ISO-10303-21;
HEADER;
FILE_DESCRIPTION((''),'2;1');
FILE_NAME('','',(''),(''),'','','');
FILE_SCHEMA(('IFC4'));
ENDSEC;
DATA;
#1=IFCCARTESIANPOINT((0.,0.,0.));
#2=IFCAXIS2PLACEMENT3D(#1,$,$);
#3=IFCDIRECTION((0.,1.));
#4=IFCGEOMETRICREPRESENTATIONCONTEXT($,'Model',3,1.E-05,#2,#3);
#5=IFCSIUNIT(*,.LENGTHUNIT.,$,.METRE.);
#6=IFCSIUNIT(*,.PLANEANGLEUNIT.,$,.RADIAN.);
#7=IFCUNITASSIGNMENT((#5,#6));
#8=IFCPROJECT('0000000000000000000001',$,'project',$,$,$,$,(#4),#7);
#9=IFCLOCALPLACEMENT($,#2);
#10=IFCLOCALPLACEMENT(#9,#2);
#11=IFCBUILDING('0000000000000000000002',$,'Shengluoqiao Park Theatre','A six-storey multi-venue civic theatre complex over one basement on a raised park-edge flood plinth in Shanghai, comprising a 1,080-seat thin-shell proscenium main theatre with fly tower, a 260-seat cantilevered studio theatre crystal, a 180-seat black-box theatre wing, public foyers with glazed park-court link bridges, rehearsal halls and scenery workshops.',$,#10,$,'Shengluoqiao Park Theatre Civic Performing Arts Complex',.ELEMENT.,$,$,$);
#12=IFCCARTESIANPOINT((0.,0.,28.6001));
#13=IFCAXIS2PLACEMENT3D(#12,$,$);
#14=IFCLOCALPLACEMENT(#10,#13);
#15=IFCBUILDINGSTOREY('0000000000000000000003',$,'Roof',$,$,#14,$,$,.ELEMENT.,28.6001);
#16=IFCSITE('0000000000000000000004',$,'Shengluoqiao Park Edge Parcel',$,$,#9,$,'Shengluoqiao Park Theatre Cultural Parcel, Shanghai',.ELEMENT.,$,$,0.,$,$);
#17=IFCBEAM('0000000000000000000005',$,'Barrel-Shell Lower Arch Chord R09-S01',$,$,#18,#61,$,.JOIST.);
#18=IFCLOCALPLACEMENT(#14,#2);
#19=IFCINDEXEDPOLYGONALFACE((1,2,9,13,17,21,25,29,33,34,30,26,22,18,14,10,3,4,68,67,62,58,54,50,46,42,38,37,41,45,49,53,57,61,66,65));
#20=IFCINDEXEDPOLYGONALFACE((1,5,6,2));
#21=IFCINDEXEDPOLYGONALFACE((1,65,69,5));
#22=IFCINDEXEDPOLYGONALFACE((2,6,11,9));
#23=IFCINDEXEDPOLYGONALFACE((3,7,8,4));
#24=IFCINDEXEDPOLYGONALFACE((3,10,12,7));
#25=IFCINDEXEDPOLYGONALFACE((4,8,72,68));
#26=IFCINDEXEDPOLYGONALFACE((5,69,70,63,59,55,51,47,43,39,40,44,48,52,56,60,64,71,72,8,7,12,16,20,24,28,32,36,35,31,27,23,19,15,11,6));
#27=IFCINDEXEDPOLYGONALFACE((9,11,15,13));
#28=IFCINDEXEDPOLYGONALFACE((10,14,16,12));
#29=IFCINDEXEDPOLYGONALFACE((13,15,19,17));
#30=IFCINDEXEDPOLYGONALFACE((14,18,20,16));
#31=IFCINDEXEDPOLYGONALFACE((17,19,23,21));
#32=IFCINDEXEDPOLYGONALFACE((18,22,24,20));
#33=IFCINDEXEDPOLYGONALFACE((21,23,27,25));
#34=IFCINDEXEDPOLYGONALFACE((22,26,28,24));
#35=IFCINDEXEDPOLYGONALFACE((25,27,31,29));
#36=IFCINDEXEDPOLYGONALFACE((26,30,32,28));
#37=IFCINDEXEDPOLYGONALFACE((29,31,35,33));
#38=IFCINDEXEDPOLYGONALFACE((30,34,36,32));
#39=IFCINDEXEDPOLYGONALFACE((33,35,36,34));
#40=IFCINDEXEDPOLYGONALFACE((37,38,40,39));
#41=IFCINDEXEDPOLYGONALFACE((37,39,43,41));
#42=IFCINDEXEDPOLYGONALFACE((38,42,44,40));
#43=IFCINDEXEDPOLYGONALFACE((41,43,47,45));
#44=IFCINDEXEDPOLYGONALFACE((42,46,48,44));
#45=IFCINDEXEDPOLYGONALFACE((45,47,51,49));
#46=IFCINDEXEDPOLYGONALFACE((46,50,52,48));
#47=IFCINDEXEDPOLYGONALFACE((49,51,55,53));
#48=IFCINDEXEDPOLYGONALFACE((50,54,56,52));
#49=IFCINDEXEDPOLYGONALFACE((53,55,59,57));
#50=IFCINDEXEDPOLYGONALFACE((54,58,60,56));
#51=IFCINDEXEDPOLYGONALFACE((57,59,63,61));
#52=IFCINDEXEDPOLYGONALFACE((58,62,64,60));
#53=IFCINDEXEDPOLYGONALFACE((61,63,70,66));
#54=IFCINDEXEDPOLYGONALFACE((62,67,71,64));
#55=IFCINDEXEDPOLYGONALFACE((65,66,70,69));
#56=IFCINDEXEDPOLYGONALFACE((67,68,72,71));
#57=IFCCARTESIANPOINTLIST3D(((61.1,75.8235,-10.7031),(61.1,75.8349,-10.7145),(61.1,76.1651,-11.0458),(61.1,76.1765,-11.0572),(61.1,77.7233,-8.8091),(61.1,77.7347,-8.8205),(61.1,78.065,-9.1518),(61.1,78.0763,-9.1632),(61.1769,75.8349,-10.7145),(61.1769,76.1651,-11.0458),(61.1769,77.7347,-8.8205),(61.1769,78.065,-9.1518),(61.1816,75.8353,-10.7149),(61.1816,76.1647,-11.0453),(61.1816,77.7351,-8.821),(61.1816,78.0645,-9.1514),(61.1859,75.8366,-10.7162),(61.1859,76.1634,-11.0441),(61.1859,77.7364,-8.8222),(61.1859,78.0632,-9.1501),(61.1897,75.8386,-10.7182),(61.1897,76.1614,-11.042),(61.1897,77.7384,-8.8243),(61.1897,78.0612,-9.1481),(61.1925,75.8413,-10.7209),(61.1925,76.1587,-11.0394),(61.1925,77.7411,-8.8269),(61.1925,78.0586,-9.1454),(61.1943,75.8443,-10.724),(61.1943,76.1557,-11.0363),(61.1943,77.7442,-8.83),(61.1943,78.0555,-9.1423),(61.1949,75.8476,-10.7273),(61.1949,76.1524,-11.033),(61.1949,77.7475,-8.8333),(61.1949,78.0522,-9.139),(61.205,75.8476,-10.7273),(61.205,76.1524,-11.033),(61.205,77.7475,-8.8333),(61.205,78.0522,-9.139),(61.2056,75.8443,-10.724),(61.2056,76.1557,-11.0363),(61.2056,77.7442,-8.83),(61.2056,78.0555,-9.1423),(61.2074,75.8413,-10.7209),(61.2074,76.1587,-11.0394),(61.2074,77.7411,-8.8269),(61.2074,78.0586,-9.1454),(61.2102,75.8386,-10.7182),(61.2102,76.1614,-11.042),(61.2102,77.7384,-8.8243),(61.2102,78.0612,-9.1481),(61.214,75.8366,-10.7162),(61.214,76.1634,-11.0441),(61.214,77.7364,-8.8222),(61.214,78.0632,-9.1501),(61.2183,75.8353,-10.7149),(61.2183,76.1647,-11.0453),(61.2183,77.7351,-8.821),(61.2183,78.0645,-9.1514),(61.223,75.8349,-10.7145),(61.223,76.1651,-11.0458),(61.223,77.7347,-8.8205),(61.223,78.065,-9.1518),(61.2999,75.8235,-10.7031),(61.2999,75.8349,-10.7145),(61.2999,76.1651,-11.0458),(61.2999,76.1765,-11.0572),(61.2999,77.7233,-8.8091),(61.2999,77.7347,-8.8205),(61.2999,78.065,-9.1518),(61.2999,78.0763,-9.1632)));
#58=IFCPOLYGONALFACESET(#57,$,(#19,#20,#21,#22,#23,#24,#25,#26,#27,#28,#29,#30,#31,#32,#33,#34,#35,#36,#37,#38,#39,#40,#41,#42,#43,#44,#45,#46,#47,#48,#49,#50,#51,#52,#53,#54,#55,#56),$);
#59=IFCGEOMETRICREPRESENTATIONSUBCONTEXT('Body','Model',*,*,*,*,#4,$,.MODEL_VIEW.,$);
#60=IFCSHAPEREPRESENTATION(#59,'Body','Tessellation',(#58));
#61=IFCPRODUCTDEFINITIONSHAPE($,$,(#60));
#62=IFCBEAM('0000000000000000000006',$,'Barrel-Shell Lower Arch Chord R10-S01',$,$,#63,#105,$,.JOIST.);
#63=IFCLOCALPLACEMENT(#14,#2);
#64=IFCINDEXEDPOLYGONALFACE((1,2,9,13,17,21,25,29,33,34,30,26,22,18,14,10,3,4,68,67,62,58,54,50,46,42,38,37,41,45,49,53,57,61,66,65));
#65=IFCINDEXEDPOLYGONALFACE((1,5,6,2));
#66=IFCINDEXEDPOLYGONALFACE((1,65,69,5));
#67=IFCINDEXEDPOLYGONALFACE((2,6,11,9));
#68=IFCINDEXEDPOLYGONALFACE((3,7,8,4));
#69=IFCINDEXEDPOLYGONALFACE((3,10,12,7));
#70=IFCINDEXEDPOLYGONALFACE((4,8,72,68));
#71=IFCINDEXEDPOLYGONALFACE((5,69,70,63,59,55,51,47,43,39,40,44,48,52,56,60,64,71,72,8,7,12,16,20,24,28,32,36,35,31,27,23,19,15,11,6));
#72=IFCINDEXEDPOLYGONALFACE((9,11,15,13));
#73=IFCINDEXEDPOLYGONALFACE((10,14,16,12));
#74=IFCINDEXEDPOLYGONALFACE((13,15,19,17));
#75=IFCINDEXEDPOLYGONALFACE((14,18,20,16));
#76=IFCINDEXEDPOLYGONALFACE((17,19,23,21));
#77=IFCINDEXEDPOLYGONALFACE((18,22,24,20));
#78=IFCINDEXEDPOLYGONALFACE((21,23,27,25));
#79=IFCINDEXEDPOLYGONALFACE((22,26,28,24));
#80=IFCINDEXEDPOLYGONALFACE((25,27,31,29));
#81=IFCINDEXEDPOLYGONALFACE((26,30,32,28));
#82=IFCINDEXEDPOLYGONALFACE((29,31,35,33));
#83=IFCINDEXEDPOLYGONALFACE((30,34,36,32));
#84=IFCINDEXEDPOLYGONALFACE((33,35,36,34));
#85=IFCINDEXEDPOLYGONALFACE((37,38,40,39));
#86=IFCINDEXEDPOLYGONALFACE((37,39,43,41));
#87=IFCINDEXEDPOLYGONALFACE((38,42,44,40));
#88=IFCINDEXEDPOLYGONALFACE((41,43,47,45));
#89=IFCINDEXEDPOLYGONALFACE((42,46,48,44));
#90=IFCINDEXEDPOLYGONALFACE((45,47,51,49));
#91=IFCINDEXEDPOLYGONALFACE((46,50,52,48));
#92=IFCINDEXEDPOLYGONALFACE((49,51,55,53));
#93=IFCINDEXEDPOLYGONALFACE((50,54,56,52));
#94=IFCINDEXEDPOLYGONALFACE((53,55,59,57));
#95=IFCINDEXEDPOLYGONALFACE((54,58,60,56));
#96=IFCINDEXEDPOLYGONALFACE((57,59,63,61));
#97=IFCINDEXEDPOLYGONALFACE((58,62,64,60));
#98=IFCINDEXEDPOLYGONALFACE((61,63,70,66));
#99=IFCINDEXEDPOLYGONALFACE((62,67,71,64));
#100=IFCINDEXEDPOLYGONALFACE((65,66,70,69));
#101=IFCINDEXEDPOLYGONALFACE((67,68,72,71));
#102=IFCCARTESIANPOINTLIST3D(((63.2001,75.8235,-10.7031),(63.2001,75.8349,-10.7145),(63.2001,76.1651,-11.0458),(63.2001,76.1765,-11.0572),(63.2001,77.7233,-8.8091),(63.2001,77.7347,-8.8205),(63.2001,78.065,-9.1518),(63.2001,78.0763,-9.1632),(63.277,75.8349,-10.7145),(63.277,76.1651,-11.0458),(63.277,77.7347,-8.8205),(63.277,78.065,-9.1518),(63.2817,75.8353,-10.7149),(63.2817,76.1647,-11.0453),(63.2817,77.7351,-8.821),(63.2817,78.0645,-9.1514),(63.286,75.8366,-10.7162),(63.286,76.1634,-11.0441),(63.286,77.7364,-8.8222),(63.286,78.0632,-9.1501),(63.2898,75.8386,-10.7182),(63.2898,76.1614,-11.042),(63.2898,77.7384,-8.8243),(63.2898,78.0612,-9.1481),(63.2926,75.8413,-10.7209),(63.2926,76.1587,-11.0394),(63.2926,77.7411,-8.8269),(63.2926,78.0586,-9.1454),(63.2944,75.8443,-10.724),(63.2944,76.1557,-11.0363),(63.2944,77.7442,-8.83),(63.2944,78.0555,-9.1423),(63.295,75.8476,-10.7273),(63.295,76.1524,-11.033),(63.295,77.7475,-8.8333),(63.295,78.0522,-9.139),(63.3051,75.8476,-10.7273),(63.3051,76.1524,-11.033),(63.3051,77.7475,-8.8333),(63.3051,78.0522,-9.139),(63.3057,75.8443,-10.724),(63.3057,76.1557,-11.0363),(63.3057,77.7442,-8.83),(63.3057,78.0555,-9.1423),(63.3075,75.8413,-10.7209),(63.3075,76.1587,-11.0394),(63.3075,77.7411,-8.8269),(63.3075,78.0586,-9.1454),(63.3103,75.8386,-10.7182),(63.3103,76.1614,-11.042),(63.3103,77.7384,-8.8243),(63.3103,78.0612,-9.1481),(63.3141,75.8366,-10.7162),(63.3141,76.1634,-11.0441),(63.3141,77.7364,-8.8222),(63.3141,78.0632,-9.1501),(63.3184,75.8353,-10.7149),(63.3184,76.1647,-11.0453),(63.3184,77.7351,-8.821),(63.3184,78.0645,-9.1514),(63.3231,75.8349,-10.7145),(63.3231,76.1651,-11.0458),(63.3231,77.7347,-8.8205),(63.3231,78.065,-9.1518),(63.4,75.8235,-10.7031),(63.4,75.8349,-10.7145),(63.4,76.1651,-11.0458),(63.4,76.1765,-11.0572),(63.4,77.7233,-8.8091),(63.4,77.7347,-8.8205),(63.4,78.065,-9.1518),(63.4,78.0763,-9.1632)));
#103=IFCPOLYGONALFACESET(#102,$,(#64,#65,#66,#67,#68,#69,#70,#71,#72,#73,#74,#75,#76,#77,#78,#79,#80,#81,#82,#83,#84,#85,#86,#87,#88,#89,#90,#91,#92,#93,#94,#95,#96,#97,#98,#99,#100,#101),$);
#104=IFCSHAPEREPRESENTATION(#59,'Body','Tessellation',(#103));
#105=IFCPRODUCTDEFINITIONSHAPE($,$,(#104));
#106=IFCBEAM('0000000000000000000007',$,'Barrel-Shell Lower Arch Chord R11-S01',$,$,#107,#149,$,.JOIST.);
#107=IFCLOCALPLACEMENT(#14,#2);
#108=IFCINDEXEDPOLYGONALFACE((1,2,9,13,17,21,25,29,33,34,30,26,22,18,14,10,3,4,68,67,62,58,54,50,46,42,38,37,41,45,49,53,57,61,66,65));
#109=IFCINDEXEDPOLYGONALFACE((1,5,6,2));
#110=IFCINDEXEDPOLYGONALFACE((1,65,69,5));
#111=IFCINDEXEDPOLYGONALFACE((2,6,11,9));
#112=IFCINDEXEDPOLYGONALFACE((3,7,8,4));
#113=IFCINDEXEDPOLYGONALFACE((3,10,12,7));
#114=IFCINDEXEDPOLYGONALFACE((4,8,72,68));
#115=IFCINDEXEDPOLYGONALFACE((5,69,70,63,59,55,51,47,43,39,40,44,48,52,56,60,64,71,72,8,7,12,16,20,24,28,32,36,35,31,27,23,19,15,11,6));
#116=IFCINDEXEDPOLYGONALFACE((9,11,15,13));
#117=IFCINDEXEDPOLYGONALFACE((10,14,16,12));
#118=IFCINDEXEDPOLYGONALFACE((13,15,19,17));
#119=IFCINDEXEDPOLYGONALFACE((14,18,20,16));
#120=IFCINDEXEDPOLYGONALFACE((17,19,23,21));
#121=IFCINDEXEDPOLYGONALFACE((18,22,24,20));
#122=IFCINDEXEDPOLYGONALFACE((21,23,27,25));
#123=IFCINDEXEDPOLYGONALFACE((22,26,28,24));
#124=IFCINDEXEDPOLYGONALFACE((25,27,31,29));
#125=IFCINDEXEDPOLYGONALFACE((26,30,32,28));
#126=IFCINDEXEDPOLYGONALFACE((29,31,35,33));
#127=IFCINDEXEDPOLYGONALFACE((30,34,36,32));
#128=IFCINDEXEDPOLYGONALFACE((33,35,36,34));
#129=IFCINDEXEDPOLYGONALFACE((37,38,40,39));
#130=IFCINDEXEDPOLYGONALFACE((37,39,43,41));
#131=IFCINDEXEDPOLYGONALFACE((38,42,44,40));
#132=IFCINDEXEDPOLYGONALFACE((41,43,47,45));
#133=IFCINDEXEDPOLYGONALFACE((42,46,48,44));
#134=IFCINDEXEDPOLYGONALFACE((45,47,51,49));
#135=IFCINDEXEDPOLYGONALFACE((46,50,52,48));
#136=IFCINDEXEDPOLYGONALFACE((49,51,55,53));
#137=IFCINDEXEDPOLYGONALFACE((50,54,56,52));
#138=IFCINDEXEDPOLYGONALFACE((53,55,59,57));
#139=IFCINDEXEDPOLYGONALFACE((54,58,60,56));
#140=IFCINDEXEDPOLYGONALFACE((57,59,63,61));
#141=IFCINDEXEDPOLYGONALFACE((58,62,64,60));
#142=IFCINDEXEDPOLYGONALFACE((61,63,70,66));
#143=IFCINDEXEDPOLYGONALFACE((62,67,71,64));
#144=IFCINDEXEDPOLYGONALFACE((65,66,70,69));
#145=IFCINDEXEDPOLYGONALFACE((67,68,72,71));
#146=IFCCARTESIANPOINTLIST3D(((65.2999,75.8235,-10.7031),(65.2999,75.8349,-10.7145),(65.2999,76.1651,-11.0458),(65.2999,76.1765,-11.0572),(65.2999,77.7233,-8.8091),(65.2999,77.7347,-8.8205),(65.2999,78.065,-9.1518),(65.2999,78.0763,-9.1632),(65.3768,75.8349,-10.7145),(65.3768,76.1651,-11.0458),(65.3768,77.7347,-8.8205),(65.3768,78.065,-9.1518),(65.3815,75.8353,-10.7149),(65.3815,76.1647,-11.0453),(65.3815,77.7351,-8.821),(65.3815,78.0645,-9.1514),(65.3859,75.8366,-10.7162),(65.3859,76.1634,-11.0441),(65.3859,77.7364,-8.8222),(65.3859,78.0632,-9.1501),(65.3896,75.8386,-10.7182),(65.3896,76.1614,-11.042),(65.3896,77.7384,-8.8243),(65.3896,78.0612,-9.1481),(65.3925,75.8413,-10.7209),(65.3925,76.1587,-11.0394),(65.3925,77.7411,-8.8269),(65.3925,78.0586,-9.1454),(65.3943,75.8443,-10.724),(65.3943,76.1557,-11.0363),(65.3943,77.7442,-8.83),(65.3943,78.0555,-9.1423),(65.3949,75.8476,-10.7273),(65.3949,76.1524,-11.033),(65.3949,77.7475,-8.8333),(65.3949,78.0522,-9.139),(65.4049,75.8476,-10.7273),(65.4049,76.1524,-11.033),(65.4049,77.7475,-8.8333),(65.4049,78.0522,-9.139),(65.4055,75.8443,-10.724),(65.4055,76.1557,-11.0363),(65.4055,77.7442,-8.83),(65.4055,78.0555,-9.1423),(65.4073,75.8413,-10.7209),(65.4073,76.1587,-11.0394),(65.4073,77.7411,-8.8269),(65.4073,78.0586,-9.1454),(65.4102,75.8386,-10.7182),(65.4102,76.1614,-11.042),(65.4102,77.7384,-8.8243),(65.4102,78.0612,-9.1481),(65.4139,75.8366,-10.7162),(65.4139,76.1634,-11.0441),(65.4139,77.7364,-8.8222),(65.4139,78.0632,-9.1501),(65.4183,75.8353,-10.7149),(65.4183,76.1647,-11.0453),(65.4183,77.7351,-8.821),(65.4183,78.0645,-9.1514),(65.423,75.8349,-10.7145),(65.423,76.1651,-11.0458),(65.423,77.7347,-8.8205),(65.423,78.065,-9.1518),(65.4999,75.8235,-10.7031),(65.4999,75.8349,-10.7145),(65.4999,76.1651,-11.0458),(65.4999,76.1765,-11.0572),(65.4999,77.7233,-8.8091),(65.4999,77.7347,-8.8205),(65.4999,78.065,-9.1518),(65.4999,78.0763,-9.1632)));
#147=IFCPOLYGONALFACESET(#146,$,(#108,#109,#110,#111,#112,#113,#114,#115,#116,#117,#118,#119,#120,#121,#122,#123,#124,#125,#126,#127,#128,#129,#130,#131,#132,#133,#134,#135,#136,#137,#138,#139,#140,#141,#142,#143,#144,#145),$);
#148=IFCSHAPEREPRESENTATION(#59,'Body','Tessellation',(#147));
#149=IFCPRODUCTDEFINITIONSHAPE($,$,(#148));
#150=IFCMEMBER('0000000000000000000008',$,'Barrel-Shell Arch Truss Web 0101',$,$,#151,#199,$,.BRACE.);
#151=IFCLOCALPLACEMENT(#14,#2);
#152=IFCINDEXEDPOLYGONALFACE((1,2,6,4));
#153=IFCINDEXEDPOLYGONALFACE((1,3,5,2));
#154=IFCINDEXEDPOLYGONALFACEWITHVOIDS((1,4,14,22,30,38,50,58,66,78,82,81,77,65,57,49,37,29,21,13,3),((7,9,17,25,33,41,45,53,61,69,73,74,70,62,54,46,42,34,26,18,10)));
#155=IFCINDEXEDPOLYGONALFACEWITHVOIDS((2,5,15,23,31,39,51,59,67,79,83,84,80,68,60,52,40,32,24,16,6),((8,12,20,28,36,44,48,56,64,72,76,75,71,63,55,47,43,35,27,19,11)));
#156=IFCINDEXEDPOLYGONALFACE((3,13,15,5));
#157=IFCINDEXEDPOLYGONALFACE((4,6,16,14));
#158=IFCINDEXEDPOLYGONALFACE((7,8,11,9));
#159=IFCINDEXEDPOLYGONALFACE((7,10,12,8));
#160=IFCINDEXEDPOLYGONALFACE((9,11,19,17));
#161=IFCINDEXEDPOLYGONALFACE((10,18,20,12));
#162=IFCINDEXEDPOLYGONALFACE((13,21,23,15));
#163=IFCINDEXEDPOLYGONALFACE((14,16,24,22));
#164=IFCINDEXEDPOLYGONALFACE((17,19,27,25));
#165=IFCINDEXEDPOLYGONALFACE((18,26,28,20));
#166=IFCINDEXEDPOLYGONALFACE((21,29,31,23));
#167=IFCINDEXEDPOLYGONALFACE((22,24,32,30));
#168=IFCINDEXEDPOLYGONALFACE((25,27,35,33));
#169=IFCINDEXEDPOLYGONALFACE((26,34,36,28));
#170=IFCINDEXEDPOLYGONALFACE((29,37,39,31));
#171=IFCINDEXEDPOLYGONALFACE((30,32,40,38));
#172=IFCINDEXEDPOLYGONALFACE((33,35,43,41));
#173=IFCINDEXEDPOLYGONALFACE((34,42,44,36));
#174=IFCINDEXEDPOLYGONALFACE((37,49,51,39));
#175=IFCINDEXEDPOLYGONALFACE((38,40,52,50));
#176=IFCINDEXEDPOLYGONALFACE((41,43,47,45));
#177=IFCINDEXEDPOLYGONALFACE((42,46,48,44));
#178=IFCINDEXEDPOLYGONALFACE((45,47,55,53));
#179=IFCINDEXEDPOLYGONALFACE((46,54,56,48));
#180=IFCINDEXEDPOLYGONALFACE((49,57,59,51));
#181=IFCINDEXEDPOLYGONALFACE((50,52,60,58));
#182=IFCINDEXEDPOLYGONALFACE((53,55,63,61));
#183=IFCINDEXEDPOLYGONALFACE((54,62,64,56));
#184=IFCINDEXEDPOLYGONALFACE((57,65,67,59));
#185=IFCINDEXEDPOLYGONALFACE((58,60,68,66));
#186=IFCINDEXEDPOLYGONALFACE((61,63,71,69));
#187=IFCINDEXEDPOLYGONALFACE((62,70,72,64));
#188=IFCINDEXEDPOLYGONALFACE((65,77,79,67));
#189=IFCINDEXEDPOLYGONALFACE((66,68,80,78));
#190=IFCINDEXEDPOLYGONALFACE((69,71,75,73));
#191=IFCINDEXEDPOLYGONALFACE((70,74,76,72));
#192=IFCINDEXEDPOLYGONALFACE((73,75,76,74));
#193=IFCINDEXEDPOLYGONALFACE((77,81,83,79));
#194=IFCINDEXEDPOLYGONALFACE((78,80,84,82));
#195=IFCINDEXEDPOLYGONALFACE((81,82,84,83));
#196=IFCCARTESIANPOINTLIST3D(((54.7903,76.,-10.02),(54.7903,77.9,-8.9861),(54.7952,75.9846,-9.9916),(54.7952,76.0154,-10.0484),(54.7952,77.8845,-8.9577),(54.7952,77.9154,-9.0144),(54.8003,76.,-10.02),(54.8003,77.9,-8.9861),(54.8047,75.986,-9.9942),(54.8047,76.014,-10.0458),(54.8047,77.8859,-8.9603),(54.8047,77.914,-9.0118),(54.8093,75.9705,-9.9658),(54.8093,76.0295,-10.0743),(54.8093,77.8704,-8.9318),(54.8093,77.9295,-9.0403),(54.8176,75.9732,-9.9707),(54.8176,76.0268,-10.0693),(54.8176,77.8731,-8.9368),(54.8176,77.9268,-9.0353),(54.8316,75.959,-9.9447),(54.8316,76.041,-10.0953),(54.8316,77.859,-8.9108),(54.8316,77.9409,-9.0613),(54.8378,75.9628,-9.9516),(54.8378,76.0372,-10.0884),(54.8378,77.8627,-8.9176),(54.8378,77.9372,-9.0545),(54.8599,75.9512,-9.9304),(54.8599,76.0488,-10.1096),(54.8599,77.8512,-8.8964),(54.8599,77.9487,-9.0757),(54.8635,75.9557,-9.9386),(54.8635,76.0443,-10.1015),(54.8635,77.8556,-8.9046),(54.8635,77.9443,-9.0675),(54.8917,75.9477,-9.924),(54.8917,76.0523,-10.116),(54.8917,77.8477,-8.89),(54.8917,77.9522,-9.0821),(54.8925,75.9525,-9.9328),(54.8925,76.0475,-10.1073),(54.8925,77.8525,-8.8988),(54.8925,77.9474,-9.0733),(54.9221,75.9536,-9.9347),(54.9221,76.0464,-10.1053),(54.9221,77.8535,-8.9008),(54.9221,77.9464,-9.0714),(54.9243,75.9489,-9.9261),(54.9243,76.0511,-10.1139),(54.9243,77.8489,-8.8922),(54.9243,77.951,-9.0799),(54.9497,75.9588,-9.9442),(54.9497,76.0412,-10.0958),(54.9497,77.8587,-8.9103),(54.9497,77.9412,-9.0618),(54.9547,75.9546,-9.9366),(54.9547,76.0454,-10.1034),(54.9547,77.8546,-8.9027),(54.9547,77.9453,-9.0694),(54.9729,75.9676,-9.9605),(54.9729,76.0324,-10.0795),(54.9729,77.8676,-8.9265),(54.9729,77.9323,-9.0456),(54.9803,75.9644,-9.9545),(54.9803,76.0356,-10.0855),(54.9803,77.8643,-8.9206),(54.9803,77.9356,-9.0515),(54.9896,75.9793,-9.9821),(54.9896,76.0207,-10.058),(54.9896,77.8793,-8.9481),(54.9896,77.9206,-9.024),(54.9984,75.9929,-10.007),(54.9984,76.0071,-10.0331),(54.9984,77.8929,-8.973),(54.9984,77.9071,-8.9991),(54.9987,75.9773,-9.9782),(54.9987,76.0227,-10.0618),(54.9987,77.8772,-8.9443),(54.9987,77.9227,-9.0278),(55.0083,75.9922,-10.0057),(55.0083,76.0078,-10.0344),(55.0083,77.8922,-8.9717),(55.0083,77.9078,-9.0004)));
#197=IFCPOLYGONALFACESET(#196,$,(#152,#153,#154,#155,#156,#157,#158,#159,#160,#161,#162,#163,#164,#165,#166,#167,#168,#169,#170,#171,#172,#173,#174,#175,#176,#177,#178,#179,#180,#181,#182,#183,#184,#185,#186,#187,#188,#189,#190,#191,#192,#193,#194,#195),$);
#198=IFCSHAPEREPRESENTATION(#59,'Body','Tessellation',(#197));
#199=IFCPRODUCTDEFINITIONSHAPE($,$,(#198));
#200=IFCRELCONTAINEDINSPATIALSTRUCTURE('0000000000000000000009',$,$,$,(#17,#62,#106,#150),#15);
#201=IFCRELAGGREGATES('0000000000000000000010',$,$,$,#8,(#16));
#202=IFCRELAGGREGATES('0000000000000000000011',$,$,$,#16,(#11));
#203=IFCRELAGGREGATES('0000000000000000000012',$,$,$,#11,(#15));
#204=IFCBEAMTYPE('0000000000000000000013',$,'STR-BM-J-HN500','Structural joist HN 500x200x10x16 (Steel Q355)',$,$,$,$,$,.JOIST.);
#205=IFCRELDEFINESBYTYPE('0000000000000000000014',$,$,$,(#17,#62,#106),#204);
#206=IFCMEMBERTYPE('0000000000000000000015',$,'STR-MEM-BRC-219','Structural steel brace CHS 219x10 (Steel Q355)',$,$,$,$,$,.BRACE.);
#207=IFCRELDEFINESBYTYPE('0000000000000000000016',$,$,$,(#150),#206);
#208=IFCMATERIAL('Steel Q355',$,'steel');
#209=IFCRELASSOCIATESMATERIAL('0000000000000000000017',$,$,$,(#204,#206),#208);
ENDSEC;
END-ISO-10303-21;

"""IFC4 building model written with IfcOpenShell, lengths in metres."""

from ifc_helpers import new_model, si_unit, direction, frame, origin, origin_2d, place, context, subcontext, project, spatial, hollow_circle, i_section, extrude, material, material_profile, profile_set, type_object, element, save


model = new_model("IFC4")

# Units and contexts
model_context = context("Model", 3, precision=1e-05, world=origin(), true_north=direction((0.0, 1.0)))
body_context = subcontext(model_context, "Body", "Model", "MODEL_VIEW")
ifc_project = project(units=[si_unit("LENGTHUNIT", "METRE"), si_unit("PLANEANGLEUNIT", "RADIAN")], contexts=[model_context])

# Site, building, storey
site_placement = place(None, origin())
site = spatial("IfcSite", under=ifc_project, at=site_placement, Name="Shengluoqiao Park Edge Parcel", LongName="Shengluoqiao Park Theatre Cultural Parcel, Shanghai", CompositionType="ELEMENT", RefElevation=0.0)
building_placement = place(site_placement, origin())
building = spatial("IfcBuilding", under=site, at=building_placement, Name="Shengluoqiao Park Theatre", Description="A six-storey multi-venue civic theatre complex over one basement on a raised park-edge flood plinth in Shanghai, comprising a 1,080-seat thin-shell proscenium main theatre with fly tower, a 260-seat cantilevered studio theatre crystal, a 180-seat black-box theatre wing, public foyers with glazed park-court link bridges, rehearsal halls and scenery workshops.", LongName="Shengluoqiao Park Theatre Civic Performing Arts Complex", CompositionType="ELEMENT")
storey_placement = place(building_placement, frame((0.0, 0.0, 28.6001)))
storey = spatial("IfcBuildingStorey", under=building, at=storey_placement, Name="Roof", CompositionType="ELEMENT", Elevation=28.6001)

# Beams
ifc_material_1 = material(Name="Steel Q355", Category="steel")
ifc_material_profile_1 = material_profile(ifc_material_1, i_section(OverallWidth=0.2, OverallDepth=0.5, WebThickness=0.01, FlangeThickness=0.0161, FilletRadius=0.0181, at=origin_2d()), Name="HN 500x200x10x16")
ifc_profile_set_1 = profile_set([ifc_material_profile_1], Name="Steel Q355")
beam_type_1 = type_object("IfcBeamType", Name="STR-BM-J-HN500", Description="Structural joist HN 500x200x10x16 (Steel Q355)", PredefinedType="JOIST", material=ifc_profile_set_1)
for number, where, z_axis, x_axis, name in (
    (1, (61.2, 76.0, -10.8801), (0.0, 0.708198, 0.706014), (-1.0, 0.0, 0.0), "Barrel-Shell Lower Arch Chord R09-S01"),
    (2, (63.3, 76.0, -10.8801), (0.0, 0.708198, 0.706014), (-1.0, 0.0, 0.0), "Barrel-Shell Lower Arch Chord R10-S01"),
    (3, (65.3999, 76.0, -10.8801), (0.0, 0.708198, 0.706014), (-1.0, 0.0, 0.0), "Barrel-Shell Lower Arch Chord R11-S01"),
):
    element("IfcBeam", number, at=place(storey_placement, frame(where, z_axis=z_axis, x_axis=x_axis)), inside=storey, type_object=beam_type_1, Name=name, PredefinedType="JOIST", context=body_context, shape_type="SweptSolid", body=[
        extrude(i_section(OverallWidth=0.2, OverallDepth=0.5, WebThickness=0.01, FlangeThickness=0.0161, FilletRadius=0.0181, at=origin_2d()), origin(), (0.0, 0.0, 1.0), 2.6826),
    ])

# Member
ifc_material_profile_2 = material_profile(ifc_material_1, hollow_circle(Radius=0.1096, WallThickness=0.01, at=origin_2d()), Name="CHS 219x10")
ifc_profile_set_2 = profile_set([ifc_material_profile_2], Name="Steel Q355")
member_type = type_object("IfcMemberType", Name="STR-MEM-BRC-219", Description="Structural steel brace CHS 219x10 (Steel Q355)", PredefinedType="BRACE", material=ifc_profile_set_2)
for number, where, z_axis, x_axis, name in (
    (4, (54.8999, 76.0, -10.02), (0.0, 0.878357, 0.478006), (-1.0, 0.0, 0.0), "Barrel-Shell Arch Truss Web 0101"),
):
    element("IfcMember", number, at=place(storey_placement, frame(where, z_axis=z_axis, x_axis=x_axis)), inside=storey, type_object=member_type, Name=name, PredefinedType="BRACE", context=body_context, shape_type="SweptSolid", body=[
        extrude(hollow_circle(Radius=0.1096, WallThickness=0.01, at=origin_2d()), origin(), (0.0, 0.0, 1.0), 2.1631),
    ])

save(model, "model.ifc")
